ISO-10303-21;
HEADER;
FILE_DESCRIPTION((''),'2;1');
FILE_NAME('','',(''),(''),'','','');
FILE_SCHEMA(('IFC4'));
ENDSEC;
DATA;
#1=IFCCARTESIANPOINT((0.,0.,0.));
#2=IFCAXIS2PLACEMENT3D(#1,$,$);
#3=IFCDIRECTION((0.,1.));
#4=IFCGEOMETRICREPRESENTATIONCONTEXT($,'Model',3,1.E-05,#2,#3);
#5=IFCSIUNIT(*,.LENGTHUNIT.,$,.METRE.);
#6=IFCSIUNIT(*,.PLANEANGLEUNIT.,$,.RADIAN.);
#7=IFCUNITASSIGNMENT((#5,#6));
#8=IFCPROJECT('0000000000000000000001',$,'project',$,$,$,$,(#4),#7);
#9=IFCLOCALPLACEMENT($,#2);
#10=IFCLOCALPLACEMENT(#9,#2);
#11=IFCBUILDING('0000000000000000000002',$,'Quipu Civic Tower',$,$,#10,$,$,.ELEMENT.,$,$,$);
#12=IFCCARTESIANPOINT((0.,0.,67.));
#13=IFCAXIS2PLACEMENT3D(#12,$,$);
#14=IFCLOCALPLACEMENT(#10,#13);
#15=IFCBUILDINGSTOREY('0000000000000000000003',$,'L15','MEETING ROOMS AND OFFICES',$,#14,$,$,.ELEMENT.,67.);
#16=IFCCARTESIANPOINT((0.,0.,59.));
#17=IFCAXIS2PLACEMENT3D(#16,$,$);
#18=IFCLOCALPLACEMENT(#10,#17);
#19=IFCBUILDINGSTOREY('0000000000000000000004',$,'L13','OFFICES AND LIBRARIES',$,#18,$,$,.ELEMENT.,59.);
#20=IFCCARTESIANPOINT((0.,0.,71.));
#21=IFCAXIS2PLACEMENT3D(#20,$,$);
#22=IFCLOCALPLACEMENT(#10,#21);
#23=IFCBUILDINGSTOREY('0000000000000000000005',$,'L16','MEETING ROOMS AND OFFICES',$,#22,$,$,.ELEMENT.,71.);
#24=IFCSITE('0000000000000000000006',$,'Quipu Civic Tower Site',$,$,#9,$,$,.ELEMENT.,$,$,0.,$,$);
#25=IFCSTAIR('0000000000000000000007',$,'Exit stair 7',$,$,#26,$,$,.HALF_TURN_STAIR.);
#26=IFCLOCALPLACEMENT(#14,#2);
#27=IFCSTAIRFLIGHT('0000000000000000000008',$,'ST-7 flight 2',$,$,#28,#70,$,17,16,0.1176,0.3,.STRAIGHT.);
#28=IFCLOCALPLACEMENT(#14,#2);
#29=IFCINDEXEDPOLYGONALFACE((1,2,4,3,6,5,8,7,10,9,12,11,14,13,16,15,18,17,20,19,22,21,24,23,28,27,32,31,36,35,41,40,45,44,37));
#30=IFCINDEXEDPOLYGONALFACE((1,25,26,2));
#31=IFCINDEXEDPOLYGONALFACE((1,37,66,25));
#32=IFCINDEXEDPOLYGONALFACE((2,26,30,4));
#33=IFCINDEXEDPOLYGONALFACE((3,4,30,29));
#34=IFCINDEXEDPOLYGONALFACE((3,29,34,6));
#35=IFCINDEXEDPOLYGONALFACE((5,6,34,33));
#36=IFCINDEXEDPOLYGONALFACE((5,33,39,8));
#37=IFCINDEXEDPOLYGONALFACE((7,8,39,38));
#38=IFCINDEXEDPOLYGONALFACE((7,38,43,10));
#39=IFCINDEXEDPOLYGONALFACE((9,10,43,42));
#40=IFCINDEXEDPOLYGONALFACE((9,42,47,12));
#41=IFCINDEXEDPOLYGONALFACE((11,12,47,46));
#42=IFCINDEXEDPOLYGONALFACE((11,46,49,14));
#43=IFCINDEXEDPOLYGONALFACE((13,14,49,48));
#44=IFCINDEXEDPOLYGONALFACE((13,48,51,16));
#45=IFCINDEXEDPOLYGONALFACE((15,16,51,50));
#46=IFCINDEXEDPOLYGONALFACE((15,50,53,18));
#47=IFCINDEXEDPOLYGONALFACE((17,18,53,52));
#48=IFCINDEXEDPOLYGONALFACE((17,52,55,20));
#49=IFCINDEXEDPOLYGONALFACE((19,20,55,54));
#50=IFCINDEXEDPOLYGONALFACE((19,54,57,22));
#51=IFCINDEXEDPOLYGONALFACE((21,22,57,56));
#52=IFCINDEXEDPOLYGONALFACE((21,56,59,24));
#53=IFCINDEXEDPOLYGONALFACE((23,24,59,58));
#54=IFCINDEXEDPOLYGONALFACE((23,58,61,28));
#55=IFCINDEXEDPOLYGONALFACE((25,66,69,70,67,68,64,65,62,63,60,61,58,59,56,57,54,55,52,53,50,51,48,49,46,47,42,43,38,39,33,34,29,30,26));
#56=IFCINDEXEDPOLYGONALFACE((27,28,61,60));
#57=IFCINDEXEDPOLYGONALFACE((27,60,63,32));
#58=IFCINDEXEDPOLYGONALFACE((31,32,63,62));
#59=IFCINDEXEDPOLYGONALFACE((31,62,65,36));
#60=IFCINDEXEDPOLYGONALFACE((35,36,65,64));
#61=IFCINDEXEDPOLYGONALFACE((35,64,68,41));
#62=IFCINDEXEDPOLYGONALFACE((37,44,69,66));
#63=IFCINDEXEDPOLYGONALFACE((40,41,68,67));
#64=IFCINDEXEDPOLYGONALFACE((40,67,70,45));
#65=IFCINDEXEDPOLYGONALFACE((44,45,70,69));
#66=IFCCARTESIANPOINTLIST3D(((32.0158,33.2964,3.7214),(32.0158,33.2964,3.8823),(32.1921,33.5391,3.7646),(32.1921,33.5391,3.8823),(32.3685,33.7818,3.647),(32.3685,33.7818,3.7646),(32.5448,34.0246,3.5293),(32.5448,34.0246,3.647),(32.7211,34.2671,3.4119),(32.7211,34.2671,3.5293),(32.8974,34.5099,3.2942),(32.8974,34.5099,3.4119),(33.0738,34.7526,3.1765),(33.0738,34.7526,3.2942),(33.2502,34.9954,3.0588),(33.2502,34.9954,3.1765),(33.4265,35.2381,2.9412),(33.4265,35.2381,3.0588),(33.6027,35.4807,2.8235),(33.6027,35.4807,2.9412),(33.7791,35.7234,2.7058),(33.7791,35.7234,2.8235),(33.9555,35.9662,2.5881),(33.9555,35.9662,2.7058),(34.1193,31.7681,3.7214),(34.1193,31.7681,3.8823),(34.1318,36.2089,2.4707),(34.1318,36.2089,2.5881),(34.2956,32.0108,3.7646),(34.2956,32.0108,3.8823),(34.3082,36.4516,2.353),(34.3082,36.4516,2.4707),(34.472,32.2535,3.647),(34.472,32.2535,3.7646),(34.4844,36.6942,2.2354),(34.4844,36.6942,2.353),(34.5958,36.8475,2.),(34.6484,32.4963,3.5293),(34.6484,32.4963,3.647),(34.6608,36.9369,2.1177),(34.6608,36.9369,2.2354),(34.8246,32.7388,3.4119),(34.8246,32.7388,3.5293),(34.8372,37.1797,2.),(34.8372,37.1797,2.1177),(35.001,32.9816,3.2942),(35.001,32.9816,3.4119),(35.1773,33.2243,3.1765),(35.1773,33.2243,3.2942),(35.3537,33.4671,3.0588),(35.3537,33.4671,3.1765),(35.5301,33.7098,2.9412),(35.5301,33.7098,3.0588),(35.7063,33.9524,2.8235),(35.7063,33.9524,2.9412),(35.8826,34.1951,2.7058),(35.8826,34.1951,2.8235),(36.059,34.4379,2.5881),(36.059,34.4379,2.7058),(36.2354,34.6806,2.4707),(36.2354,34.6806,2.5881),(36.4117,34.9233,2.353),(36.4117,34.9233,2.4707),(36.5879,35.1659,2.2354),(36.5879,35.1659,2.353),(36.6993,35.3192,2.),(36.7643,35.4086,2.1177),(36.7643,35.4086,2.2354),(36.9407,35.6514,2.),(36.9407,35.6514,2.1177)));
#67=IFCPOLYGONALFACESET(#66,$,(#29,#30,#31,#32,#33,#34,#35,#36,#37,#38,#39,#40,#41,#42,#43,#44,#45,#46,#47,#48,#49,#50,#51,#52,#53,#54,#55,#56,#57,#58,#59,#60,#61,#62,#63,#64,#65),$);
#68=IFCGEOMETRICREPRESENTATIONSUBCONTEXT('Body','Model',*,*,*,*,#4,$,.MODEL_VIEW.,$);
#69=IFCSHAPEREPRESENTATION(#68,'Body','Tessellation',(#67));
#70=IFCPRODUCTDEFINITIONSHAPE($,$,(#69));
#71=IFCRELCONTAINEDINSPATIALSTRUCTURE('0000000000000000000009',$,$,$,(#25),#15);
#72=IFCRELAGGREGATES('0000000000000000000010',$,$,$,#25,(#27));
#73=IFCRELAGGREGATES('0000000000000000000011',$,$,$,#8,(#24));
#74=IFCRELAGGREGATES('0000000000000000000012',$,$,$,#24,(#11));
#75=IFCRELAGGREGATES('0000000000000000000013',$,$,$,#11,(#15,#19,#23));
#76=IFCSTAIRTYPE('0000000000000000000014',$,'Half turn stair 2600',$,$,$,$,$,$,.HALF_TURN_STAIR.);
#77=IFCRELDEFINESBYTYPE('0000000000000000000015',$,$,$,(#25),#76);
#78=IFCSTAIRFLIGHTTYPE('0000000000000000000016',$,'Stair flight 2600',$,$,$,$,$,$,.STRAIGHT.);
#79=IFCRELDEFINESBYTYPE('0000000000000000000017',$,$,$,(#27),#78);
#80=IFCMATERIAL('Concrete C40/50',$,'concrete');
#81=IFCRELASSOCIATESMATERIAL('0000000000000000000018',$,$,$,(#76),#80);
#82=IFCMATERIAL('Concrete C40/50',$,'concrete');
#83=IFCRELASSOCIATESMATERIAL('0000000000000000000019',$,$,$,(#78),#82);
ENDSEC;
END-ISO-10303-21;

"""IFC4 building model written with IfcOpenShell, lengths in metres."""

from ifc_helpers import new_model, si_unit, direction, frame, origin, place, context, subcontext, project, spatial, polyline, outline, extrude, material, type_object, element, aggregate, save


model = new_model("IFC4")

# Units and contexts
model_context = context("Model", 3, precision=1e-05, world=origin(), true_north=direction((0.0, 1.0)))
body_context = subcontext(model_context, "Body", "Model", "MODEL_VIEW")
ifc_project = project(units=[si_unit("LENGTHUNIT", "METRE"), si_unit("PLANEANGLEUNIT", "RADIAN")], contexts=[model_context])

# Site, building, storey
site_placement = place(None, origin())
site = spatial("IfcSite", under=ifc_project, at=site_placement, Name="Quipu Civic Tower Site", CompositionType="ELEMENT", RefElevation=0.0)
building_placement = place(site_placement, origin())
building = spatial("IfcBuilding", under=site, at=building_placement, Name="Quipu Civic Tower", CompositionType="ELEMENT")
storey_1_placement = place(building_placement, frame((0.0, 0.0, 67.0)))
storey_1 = spatial("IfcBuildingStorey", under=building, at=storey_1_placement, Name="L15", Description="MEETING ROOMS AND OFFICES", CompositionType="ELEMENT", Elevation=67.0)

# Shared definitions
storey_2_placement = place(building_placement, frame((0.0, 0.0, 59.0)))
storey_2 = spatial("IfcBuildingStorey", under=building, at=storey_2_placement, Name="L13", Description="OFFICES AND LIBRARIES", CompositionType="ELEMENT", Elevation=59.0)

# Shared definitions
storey_3_placement = place(building_placement, frame((0.0, 0.0, 71.0)))
storey_3 = spatial("IfcBuildingStorey", under=building, at=storey_3_placement, Name="L16", Description="MEETING ROOMS AND OFFICES", CompositionType="ELEMENT", Elevation=71.0)

# Stair, stair flight
ifc_material_1 = material(Name="Concrete C40/50", Category="concrete")
stair_type = type_object("IfcStairType", Name="Half turn stair 2600", PredefinedType="HALF_TURN_STAIR", material=ifc_material_1)
stair_placement = place(storey_1_placement, origin())
stair = element("IfcStair", 1, at=stair_placement, inside=storey_1, type_object=stair_type, Name="Exit stair 7", PredefinedType="HALF_TURN_STAIR")
ifc_material_2 = material(Name="Concrete C40/50", Category="concrete")
stair_flight_type = type_object("IfcStairFlightType", Name="Stair flight 2600", PredefinedType="STRAIGHT", material=ifc_material_2)
stair_flight_1_placement = place(storey_1_placement, frame((35.8889, 36.4155, 2.0), z_axis=(0.0, 0.0, 1.0), x_axis=(-0.587785, -0.809017, 0.0)))
stair_flight_1 = element("IfcStairFlight", 2, at=stair_flight_1_placement, type_object=stair_flight_type, Name="ST-7 flight 2", NumberOfRisers=17, NumberOfTreads=16, PredefinedType="STRAIGHT", RiserHeight=0.1176, TreadLength=0.3, context=body_context, shape_type="SweptSolid", body=[
    extrude(outline(polyline([(0.0, 0.0), (0.0, 0.1177), (0.3, 0.1177), (0.3, 0.2354), (0.6001, 0.2354), (0.6001, 0.353), (0.8999, 0.353), (0.8999, 0.4707), (1.2, 0.4707), (1.2, 0.5881), (1.5, 0.5881), (1.5, 0.7058), (1.8, 0.7058), (1.8, 0.8235), (2.1001, 0.8235), (2.1001, 0.9412), (2.3999, 0.9412), (2.3999, 1.0588), (2.7, 1.0588), (2.7, 1.1765), (3.0, 1.1765), (3.0, 1.2942), (3.3, 1.2942), (3.3, 1.4119), (3.6001, 1.4119), (3.6001, 1.5293), (3.8999, 1.5293), (3.8999, 1.647), (4.2, 1.647), (4.2, 1.7646), (4.5, 1.7646), (4.5, 1.8823), (4.8, 1.8823), (4.8, 2.0), (4.8, 1.7214), (0.4106, 0.0), (0.0, 0.0)])), frame((0.0, 1.3, 0.0), z_axis=(0.0, -1.0, 0.0), x_axis=(1.0, 0.0, 0.0)), (0.0, 0.0, 1.0), 2.6001),
])
aggregate(stair, [stair_flight_1])

save(model, "model.ifc")
